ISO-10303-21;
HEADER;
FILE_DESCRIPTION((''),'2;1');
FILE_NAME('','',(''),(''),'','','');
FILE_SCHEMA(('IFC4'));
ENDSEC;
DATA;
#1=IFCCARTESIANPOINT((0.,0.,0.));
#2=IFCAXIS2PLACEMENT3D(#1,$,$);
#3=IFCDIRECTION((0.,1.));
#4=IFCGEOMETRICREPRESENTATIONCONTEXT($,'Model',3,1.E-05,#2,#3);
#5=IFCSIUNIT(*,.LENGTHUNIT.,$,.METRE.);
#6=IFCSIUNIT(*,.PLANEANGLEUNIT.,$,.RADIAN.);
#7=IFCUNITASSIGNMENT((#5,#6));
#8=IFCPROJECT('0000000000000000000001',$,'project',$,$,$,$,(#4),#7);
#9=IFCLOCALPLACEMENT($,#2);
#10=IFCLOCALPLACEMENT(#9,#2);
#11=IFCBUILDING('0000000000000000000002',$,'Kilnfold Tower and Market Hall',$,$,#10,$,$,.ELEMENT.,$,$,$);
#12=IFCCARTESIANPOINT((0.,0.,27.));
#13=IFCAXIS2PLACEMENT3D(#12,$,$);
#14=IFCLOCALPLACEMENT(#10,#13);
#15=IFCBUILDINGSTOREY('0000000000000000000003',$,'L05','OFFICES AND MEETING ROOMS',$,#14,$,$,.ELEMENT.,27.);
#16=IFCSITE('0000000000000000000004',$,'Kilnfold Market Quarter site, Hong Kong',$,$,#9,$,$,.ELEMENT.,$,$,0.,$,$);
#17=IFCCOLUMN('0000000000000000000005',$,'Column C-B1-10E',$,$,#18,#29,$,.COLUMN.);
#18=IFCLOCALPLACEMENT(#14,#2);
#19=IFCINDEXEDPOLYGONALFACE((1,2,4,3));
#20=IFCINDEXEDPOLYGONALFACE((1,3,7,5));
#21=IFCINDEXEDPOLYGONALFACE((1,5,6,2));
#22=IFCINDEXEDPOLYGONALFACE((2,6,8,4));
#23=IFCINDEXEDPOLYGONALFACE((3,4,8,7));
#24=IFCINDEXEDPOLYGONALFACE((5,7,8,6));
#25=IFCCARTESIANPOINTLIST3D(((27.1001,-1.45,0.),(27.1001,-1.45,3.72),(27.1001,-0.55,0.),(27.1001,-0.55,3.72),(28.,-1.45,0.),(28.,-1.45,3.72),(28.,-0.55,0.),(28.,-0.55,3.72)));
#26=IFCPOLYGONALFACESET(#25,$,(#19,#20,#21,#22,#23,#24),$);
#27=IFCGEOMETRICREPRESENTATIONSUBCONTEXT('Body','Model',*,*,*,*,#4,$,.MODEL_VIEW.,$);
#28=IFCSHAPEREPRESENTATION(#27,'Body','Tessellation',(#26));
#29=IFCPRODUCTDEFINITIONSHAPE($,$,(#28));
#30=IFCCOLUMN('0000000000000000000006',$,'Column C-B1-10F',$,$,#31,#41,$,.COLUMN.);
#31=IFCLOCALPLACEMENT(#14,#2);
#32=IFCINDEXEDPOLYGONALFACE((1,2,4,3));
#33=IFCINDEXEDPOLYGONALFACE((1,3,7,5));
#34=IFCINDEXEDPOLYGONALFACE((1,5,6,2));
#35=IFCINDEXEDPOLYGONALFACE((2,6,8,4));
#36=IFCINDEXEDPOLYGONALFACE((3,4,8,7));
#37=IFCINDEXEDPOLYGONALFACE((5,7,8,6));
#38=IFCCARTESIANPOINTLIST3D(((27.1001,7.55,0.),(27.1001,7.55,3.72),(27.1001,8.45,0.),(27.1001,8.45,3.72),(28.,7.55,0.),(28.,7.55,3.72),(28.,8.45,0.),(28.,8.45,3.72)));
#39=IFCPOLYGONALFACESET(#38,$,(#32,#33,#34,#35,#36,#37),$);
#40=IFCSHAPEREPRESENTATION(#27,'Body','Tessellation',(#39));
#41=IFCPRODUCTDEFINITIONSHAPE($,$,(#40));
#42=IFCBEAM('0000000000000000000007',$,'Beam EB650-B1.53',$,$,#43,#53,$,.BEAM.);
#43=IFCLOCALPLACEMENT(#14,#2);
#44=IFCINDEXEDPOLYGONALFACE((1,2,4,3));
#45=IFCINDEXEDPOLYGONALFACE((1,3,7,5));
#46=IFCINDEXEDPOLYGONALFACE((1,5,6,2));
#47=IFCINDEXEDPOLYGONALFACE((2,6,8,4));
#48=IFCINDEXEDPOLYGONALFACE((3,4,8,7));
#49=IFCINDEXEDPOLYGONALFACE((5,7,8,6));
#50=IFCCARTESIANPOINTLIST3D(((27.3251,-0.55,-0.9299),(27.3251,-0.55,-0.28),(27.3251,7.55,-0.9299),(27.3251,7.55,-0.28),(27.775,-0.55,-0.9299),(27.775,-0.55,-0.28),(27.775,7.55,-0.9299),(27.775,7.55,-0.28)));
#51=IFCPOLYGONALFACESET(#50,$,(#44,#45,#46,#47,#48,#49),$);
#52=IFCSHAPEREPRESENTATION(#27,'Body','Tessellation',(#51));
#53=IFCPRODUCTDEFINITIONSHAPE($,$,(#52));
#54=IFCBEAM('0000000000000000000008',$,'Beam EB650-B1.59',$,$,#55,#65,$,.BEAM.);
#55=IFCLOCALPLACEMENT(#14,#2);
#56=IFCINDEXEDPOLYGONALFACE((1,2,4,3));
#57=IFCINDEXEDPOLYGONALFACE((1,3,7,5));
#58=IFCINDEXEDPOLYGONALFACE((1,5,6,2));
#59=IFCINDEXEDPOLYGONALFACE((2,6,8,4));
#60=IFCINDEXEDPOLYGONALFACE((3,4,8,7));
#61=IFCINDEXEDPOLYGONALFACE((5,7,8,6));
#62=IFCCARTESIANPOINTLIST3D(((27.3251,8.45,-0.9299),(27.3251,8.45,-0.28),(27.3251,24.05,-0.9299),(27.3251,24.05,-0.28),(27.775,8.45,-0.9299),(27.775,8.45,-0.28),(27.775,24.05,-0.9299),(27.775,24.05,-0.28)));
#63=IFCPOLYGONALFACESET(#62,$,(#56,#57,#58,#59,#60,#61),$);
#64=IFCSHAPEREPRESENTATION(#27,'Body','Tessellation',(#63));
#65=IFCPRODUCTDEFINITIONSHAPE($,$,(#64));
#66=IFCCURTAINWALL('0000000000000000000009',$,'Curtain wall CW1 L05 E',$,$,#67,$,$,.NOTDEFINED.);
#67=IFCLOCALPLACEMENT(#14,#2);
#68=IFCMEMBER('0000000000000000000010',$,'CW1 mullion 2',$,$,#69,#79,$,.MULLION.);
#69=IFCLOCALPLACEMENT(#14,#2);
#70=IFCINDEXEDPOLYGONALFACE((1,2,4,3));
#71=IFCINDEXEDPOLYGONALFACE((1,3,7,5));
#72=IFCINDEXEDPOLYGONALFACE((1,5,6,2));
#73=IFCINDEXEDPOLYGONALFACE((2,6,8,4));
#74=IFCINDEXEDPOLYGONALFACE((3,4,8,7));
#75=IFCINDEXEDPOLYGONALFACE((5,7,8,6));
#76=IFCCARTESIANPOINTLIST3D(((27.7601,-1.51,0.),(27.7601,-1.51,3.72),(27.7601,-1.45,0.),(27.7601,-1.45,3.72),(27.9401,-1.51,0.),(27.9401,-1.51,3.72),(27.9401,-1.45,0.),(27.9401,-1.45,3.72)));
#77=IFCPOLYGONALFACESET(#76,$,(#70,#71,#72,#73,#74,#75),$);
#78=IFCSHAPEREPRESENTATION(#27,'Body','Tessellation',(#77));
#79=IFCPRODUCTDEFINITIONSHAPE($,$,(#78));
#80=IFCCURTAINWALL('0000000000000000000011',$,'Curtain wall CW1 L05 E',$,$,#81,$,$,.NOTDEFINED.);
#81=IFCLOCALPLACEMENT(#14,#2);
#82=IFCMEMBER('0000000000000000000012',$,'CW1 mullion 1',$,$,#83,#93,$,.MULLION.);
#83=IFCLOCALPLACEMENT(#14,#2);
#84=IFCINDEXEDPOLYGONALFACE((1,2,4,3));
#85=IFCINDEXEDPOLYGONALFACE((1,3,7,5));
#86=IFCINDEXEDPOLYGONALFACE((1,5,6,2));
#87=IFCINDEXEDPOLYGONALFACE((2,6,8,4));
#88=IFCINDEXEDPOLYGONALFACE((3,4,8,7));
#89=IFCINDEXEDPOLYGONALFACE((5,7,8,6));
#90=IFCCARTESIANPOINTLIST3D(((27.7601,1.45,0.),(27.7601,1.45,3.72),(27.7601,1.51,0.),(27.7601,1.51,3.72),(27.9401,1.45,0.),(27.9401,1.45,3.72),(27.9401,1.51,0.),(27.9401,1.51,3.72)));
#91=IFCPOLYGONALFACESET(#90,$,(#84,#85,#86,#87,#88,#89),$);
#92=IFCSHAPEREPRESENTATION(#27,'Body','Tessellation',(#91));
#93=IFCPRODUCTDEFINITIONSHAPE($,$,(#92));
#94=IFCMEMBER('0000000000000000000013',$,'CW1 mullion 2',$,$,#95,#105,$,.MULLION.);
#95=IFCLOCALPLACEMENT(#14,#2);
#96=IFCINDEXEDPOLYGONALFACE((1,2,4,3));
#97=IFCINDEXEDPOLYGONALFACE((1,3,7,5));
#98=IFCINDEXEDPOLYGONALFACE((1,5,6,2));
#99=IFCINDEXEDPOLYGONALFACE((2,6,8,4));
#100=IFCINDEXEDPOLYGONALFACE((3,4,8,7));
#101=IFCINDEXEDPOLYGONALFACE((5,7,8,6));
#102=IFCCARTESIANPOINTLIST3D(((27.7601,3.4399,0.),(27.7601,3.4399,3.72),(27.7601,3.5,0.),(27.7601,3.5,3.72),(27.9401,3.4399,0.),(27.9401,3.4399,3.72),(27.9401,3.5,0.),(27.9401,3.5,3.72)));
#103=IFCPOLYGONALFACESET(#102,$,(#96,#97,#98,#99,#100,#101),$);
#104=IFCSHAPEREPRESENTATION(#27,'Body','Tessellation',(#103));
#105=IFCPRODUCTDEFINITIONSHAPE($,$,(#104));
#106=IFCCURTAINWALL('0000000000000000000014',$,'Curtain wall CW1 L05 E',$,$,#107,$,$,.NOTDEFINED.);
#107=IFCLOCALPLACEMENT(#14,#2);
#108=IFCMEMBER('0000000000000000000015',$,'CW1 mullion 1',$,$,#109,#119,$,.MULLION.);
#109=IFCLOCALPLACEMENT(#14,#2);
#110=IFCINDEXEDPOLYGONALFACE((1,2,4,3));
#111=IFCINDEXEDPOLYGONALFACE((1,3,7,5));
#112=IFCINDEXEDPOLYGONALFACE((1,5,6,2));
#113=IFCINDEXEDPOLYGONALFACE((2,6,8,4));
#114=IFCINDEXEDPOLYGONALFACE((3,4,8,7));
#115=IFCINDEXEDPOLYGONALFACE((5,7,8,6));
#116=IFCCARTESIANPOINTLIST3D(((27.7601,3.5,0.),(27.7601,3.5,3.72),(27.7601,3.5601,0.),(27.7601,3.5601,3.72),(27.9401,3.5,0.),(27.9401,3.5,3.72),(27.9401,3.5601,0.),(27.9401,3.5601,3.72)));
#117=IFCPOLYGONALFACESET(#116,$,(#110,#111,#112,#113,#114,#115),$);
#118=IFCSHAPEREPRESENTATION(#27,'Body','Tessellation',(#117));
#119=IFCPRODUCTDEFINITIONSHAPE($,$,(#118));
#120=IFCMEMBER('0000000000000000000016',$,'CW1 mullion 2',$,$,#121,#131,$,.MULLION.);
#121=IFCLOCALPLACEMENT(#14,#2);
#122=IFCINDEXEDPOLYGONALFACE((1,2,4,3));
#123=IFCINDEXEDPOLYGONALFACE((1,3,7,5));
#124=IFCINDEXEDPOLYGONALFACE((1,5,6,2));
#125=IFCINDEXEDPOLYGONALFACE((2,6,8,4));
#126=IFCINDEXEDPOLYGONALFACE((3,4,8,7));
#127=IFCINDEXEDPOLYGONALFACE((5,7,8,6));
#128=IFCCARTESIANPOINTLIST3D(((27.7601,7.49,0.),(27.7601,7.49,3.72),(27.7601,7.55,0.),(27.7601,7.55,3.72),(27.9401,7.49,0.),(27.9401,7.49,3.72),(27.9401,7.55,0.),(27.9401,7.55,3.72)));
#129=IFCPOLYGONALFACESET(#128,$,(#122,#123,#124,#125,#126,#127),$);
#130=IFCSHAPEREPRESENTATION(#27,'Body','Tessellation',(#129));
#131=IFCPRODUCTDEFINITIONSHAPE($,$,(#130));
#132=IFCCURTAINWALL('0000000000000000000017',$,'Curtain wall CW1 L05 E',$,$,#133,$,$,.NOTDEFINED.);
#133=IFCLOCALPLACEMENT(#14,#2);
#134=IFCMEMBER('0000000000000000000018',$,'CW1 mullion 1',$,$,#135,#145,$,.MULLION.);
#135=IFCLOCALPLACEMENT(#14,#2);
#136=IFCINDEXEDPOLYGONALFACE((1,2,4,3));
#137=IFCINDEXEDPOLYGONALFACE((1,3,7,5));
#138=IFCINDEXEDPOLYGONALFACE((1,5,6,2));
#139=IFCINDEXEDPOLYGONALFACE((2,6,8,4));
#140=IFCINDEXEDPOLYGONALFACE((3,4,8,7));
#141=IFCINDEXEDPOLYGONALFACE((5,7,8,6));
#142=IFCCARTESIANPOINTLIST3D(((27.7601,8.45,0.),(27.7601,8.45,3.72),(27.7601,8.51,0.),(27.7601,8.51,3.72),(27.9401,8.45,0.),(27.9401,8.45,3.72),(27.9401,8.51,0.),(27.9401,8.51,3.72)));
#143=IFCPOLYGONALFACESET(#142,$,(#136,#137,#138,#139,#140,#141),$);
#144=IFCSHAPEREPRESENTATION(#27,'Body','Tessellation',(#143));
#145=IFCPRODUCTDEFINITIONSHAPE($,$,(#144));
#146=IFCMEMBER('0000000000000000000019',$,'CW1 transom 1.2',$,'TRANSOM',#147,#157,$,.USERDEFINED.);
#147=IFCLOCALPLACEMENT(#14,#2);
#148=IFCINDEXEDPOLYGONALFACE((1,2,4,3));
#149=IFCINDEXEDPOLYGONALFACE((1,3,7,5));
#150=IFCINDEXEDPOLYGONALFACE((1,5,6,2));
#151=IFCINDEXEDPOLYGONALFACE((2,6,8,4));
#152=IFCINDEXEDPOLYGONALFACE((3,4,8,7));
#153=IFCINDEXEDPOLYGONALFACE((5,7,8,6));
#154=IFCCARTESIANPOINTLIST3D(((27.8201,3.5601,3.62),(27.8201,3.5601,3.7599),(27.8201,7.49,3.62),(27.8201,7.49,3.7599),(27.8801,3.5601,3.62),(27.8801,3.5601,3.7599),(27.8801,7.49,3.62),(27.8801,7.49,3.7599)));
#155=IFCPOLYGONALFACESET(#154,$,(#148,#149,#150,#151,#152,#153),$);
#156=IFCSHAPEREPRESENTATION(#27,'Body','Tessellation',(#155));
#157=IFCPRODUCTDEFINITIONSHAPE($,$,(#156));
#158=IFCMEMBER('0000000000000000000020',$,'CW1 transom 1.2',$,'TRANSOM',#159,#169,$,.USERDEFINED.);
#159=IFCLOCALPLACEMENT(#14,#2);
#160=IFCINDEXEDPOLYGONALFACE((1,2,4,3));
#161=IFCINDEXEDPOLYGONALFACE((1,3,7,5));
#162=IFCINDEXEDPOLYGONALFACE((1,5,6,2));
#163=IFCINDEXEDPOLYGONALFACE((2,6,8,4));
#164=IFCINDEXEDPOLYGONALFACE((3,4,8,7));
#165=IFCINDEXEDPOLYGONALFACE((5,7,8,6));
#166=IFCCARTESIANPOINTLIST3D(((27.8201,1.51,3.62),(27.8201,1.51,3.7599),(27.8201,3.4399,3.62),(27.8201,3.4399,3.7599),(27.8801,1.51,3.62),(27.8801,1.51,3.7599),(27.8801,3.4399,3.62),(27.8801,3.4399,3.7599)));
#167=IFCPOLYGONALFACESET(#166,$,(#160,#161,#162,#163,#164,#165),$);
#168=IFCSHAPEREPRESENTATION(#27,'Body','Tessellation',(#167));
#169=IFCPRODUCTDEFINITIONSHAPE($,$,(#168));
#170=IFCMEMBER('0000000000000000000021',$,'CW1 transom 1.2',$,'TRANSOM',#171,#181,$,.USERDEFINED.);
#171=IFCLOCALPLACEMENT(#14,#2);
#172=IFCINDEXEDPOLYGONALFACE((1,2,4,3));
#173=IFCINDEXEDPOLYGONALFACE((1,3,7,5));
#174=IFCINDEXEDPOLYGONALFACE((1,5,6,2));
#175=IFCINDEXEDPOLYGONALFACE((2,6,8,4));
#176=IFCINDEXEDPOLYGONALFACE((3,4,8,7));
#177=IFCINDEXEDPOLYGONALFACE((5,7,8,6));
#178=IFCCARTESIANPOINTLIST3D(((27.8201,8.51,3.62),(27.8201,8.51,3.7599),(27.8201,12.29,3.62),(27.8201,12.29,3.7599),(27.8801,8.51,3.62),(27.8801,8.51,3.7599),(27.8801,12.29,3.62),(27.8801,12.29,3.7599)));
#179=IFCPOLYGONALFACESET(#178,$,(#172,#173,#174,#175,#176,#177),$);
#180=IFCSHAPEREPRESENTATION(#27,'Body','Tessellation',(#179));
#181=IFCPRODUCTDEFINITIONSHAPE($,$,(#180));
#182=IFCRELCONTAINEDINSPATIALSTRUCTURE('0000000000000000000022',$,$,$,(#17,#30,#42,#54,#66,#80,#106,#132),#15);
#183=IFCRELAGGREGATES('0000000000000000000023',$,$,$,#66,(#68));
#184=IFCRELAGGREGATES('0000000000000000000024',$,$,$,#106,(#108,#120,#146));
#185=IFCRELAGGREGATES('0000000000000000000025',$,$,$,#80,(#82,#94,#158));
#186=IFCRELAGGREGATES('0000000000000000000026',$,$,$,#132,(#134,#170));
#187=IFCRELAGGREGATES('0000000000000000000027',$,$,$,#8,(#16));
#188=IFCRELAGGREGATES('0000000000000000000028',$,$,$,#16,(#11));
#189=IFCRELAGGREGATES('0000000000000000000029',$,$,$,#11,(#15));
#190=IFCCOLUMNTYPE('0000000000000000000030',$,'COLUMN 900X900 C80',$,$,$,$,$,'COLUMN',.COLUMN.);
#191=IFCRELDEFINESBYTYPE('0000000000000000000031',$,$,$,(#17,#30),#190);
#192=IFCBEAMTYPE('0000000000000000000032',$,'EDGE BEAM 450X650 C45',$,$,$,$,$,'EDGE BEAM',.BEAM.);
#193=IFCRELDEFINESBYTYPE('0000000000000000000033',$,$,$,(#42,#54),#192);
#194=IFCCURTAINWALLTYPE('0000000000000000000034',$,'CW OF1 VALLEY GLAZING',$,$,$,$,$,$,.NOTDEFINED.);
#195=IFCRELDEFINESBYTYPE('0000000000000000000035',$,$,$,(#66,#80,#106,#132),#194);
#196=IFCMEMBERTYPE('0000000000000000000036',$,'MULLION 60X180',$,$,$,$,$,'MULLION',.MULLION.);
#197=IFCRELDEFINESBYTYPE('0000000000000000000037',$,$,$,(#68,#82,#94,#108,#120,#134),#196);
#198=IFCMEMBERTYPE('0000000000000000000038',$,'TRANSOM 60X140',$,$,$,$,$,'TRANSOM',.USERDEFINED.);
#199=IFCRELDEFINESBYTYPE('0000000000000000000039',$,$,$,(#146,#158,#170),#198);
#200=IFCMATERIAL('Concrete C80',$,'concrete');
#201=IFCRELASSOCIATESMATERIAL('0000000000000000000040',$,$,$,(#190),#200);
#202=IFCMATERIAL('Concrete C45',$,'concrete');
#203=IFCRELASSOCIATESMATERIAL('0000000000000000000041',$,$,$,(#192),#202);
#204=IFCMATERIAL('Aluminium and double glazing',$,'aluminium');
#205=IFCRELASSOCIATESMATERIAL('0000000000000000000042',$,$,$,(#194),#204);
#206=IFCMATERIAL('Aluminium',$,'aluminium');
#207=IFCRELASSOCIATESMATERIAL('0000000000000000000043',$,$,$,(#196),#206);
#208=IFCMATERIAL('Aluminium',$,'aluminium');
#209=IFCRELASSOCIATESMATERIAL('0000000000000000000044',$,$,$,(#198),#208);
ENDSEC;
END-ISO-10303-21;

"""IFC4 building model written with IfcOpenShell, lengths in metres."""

from ifc_helpers import new_model, si_unit, direction, frame, origin, origin_2d, place, context, subcontext, project, spatial, rectangle, extrude, source, transform, mapped, material, material_profile, profile_set, type_object, element, aggregate, save


model = new_model("IFC4")

# Units and contexts
model_context = context("Model", 3, precision=1e-05, world=origin(), true_north=direction((0.0, 1.0)))
body_context = subcontext(model_context, "Body", "Model", "MODEL_VIEW")
ifc_project = project(units=[si_unit("LENGTHUNIT", "METRE"), si_unit("PLANEANGLEUNIT", "RADIAN")], contexts=[model_context])

# Site, building, storey
site_placement = place(None, origin())
site = spatial("IfcSite", under=ifc_project, at=site_placement, Name="Kilnfold Market Quarter site, Hong Kong", CompositionType="ELEMENT", RefElevation=0.0)
building_placement = place(site_placement, origin())
building = spatial("IfcBuilding", under=site, at=building_placement, Name="Kilnfold Tower and Market Hall", CompositionType="ELEMENT")
storey_placement = place(building_placement, frame((0.0, 0.0, 27.0)))
storey = spatial("IfcBuildingStorey", under=building, at=storey_placement, Name="L05", Description="OFFICES AND MEETING ROOMS", CompositionType="ELEMENT", Elevation=27.0)

# Columns
ifc_material_1 = material(Name="Concrete C80", Category="concrete")
ifc_material_profile_1 = material_profile(ifc_material_1, rectangle(XDim=0.8999, YDim=0.8999, at=origin_2d()), Name="RC 900x900")
ifc_profile_set_1 = profile_set([ifc_material_profile_1], Name="Concrete C80")
column_type = type_object("IfcColumnType", Name="COLUMN 900X900 C80", ElementType="COLUMN", PredefinedType="COLUMN", material=ifc_profile_set_1)
shared_shape_1 = source(origin(), body_context, "Body", "SweptSolid", [
    extrude(rectangle(XDim=0.8999, YDim=0.8999, at=origin_2d()), origin(), (0.0, 0.0, 1.0), 3.72),
])
for number, where, z_axis, x_axis, name in (
    (1, (27.55, -1.0, 0.0), (0.0, 0.0, 1.0), (1.0, 0.0, 0.0), "Column C-B1-10E"),
    (2, (27.55, 8.0, 0.0), (0.0, 0.0, 1.0), (1.0, 0.0, 0.0), "Column C-B1-10F"),
):
    element("IfcColumn", number, at=place(storey_placement, frame(where, z_axis=z_axis, x_axis=x_axis)), inside=storey, type_object=column_type, Name=name, PredefinedType="COLUMN", context=body_context, shape_type="MappedRepresentation", body=[
        mapped(shared_shape_1, transform((0.0, 0.0, 0.0))),
    ])

# Beams
ifc_material_2 = material(Name="Concrete C45", Category="concrete")
ifc_material_profile_2 = material_profile(ifc_material_2, rectangle(XDim=0.45, YDim=0.6499, at=origin_2d()), Name="RC 450x650")
ifc_profile_set_2 = profile_set([ifc_material_profile_2], Name="Concrete C45")
beam_type = type_object("IfcBeamType", Name="EDGE BEAM 450X650 C45", ElementType="EDGE BEAM", PredefinedType="BEAM", material=ifc_profile_set_2)
shared_shape_2 = source(origin(), body_context, "Body", "SweptSolid", [
    extrude(rectangle(XDim=0.45, YDim=0.6499, at=origin_2d()), origin(), (0.0, 0.0, 1.0), 8.1001),
])
beam_1_placement = place(storey_placement, frame((27.55, -0.55, -0.605), z_axis=(0.0, 1.0, 0.0), x_axis=(-1.0, 0.0, 0.0)))
element("IfcBeam", 3, at=beam_1_placement, inside=storey, type_object=beam_type, Name="Beam EB650-B1.53", PredefinedType="BEAM", context=body_context, shape_type="MappedRepresentation", body=[
    mapped(shared_shape_2, transform((0.0, 0.0, 0.0))),
])
shared_shape_3 = source(origin(), body_context, "Body", "SweptSolid", [
    extrude(rectangle(XDim=0.45, YDim=0.6499, at=origin_2d()), origin(), (0.0, 0.0, 1.0), 15.6001),
])
beam_2_placement = place(storey_placement, frame((27.55, 8.45, -0.605), z_axis=(0.0, 1.0, 0.0), x_axis=(-1.0, 0.0, 0.0)))
element("IfcBeam", 4, at=beam_2_placement, inside=storey, type_object=beam_type, Name="Beam EB650-B1.59", PredefinedType="BEAM", context=body_context, shape_type="MappedRepresentation", body=[
    mapped(shared_shape_3, transform((0.0, 0.0, 0.0))),
])

# Curtain wall, member
ifc_material_3 = material(Name="Aluminium and double glazing", Category="aluminium")
curtain_wall_type = type_object("IfcCurtainWallType", Name="CW OF1 VALLEY GLAZING", PredefinedType="NOTDEFINED", material=ifc_material_3)
curtain_wall_1_placement = place(storey_placement, origin())
curtain_wall_1 = element("IfcCurtainWall", 5, at=curtain_wall_1_placement, inside=storey, type_object=curtain_wall_type, Name="Curtain wall CW1 L05 E", PredefinedType="NOTDEFINED")
ifc_material_4 = material(Name="Aluminium", Category="aluminium")
ifc_material_profile_3 = material_profile(ifc_material_4, rectangle(XDim=0.0601, YDim=0.1799, at=origin_2d()), Name="MULLION 60x180")
ifc_profile_set_3 = profile_set([ifc_material_profile_3], Name="Aluminium")
member_type_1 = type_object("IfcMemberType", Name="MULLION 60X180", ElementType="MULLION", PredefinedType="MULLION", material=ifc_profile_set_3)
shared_shape_4 = source(origin(), body_context, "Body", "SweptSolid", [
    extrude(rectangle(XDim=0.0601, YDim=0.1799, at=origin_2d()), origin(), (0.0, 0.0, 1.0), 3.72),
])
member_1_placement = place(storey_placement, frame((27.8501, -1.48, 0.0), z_axis=(0.0, 0.0, 1.0), x_axis=(0.0, 1.0, 0.0)))
member_1 = element("IfcMember", 6, at=member_1_placement, type_object=member_type_1, Name="CW1 mullion 2", PredefinedType="MULLION", context=body_context, shape_type="MappedRepresentation", body=[
    mapped(shared_shape_4, transform((0.0, 0.0, 0.0))),
])

# Curtain walls, members
curtain_wall_2_placement = place(storey_placement, origin())
curtain_wall_2 = element("IfcCurtainWall", 7, at=curtain_wall_2_placement, inside=storey, type_object=curtain_wall_type, Name="Curtain wall CW1 L05 E", PredefinedType="NOTDEFINED")
member_2_placement = place(storey_placement, frame((27.8501, 1.48, 0.0), z_axis=(0.0, 0.0, 1.0), x_axis=(0.0, 1.0, 0.0)))
member_2 = element("IfcMember", 8, at=member_2_placement, type_object=member_type_1, Name="CW1 mullion 1", PredefinedType="MULLION", context=body_context, shape_type="MappedRepresentation", body=[
    mapped(shared_shape_4, transform((0.0, 0.0, 0.0))),
])
member_3_placement = place(storey_placement, frame((27.8501, 3.47, 0.0), z_axis=(0.0, 0.0, 1.0), x_axis=(0.0, 1.0, 0.0)))
member_3 = element("IfcMember", 9, at=member_3_placement, type_object=member_type_1, Name="CW1 mullion 2", PredefinedType="MULLION", context=body_context, shape_type="MappedRepresentation", body=[
    mapped(shared_shape_4, transform((0.0, 0.0, 0.0))),
])
curtain_wall_3_placement = place(storey_placement, origin())
curtain_wall_3 = element("IfcCurtainWall", 10, at=curtain_wall_3_placement, inside=storey, type_object=curtain_wall_type, Name="Curtain wall CW1 L05 E", PredefinedType="NOTDEFINED")
member_4_placement = place(storey_placement, frame((27.8501, 3.53, 0.0), z_axis=(0.0, 0.0, 1.0), x_axis=(0.0, 1.0, 0.0)))
member_4 = element("IfcMember", 11, at=member_4_placement, type_object=member_type_1, Name="CW1 mullion 1", PredefinedType="MULLION", context=body_context, shape_type="MappedRepresentation", body=[
    mapped(shared_shape_4, transform((0.0, 0.0, 0.0))),
])
member_5_placement = place(storey_placement, frame((27.8501, 7.52, 0.0), z_axis=(0.0, 0.0, 1.0), x_axis=(0.0, 1.0, 0.0)))
member_5 = element("IfcMember", 12, at=member_5_placement, type_object=member_type_1, Name="CW1 mullion 2", PredefinedType="MULLION", context=body_context, shape_type="MappedRepresentation", body=[
    mapped(shared_shape_4, transform((0.0, 0.0, 0.0))),
])

# Curtain wall, member
curtain_wall_4_placement = place(storey_placement, origin())
curtain_wall_4 = element("IfcCurtainWall", 13, at=curtain_wall_4_placement, inside=storey, type_object=curtain_wall_type, Name="Curtain wall CW1 L05 E", PredefinedType="NOTDEFINED")
member_6_placement = place(storey_placement, frame((27.8501, 8.48, 0.0), z_axis=(0.0, 0.0, 1.0), x_axis=(0.0, 1.0, 0.0)))
member_6 = element("IfcMember", 14, at=member_6_placement, type_object=member_type_1, Name="CW1 mullion 1", PredefinedType="MULLION", context=body_context, shape_type="MappedRepresentation", body=[
    mapped(shared_shape_4, transform((0.0, 0.0, 0.0))),
])

# Members
ifc_material_5 = material(Name="Aluminium", Category="aluminium")
ifc_material_profile_4 = material_profile(ifc_material_5, rectangle(XDim=0.0601, YDim=0.1399, at=origin_2d()), Name="TRANSOM 60x140")
ifc_profile_set_4 = profile_set([ifc_material_profile_4], Name="Aluminium")
member_type_2 = type_object("IfcMemberType", Name="TRANSOM 60X140", ElementType="TRANSOM", PredefinedType="USERDEFINED", material=ifc_profile_set_4)
shared_shape_5 = source(origin(), body_context, "Body", "SweptSolid", [
    extrude(rectangle(XDim=0.0601, YDim=0.1399, at=origin_2d()), origin(), (0.0, 0.0, 1.0), 3.9299),
])
member_7_placement = place(storey_placement, frame((27.8501, 3.5601, 3.6899), z_axis=(0.0, 1.0, 0.0), x_axis=(-1.0, 0.0, 0.0)))
member_7 = element("IfcMember", 15, at=member_7_placement, type_object=member_type_2, Name="CW1 transom 1.2", ObjectType="TRANSOM", PredefinedType="USERDEFINED", context=body_context, shape_type="MappedRepresentation", body=[
    mapped(shared_shape_5, transform((0.0, 0.0, 0.0))),
])
shared_shape_6 = source(origin(), body_context, "Body", "SweptSolid", [
    extrude(rectangle(XDim=0.0601, YDim=0.1399, at=origin_2d()), origin(), (0.0, 0.0, 1.0), 1.9299),
])
member_8_placement = place(storey_placement, frame((27.8501, 1.51, 3.6899), z_axis=(0.0, 1.0, 0.0), x_axis=(-1.0, 0.0, 0.0)))
member_8 = element("IfcMember", 16, at=member_8_placement, type_object=member_type_2, Name="CW1 transom 1.2", ObjectType="TRANSOM", PredefinedType="USERDEFINED", context=body_context, shape_type="MappedRepresentation", body=[
    mapped(shared_shape_6, transform((0.0, 0.0, 0.0))),
])
shared_shape_7 = source(origin(), body_context, "Body", "SweptSolid", [
    extrude(rectangle(XDim=0.0601, YDim=0.1399, at=origin_2d()), origin(), (0.0, 0.0, 1.0), 3.78),
])
member_9_placement = place(storey_placement, frame((27.8501, 8.51, 3.6899), z_axis=(0.0, 1.0, 0.0), x_axis=(-1.0, 0.0, 0.0)))
member_9 = element("IfcMember", 17, at=member_9_placement, type_object=member_type_2, Name="CW1 transom 1.2", ObjectType="TRANSOM", PredefinedType="USERDEFINED", context=body_context, shape_type="MappedRepresentation", body=[
    mapped(shared_shape_7, transform((0.0, 0.0, 0.0))),
])

aggregate(curtain_wall_1, [member_1])
aggregate(curtain_wall_3, [member_4, member_5, member_7])
aggregate(curtain_wall_2, [member_2, member_3, member_8])
aggregate(curtain_wall_4, [member_6, member_9])

save(model, "model.ifc")
